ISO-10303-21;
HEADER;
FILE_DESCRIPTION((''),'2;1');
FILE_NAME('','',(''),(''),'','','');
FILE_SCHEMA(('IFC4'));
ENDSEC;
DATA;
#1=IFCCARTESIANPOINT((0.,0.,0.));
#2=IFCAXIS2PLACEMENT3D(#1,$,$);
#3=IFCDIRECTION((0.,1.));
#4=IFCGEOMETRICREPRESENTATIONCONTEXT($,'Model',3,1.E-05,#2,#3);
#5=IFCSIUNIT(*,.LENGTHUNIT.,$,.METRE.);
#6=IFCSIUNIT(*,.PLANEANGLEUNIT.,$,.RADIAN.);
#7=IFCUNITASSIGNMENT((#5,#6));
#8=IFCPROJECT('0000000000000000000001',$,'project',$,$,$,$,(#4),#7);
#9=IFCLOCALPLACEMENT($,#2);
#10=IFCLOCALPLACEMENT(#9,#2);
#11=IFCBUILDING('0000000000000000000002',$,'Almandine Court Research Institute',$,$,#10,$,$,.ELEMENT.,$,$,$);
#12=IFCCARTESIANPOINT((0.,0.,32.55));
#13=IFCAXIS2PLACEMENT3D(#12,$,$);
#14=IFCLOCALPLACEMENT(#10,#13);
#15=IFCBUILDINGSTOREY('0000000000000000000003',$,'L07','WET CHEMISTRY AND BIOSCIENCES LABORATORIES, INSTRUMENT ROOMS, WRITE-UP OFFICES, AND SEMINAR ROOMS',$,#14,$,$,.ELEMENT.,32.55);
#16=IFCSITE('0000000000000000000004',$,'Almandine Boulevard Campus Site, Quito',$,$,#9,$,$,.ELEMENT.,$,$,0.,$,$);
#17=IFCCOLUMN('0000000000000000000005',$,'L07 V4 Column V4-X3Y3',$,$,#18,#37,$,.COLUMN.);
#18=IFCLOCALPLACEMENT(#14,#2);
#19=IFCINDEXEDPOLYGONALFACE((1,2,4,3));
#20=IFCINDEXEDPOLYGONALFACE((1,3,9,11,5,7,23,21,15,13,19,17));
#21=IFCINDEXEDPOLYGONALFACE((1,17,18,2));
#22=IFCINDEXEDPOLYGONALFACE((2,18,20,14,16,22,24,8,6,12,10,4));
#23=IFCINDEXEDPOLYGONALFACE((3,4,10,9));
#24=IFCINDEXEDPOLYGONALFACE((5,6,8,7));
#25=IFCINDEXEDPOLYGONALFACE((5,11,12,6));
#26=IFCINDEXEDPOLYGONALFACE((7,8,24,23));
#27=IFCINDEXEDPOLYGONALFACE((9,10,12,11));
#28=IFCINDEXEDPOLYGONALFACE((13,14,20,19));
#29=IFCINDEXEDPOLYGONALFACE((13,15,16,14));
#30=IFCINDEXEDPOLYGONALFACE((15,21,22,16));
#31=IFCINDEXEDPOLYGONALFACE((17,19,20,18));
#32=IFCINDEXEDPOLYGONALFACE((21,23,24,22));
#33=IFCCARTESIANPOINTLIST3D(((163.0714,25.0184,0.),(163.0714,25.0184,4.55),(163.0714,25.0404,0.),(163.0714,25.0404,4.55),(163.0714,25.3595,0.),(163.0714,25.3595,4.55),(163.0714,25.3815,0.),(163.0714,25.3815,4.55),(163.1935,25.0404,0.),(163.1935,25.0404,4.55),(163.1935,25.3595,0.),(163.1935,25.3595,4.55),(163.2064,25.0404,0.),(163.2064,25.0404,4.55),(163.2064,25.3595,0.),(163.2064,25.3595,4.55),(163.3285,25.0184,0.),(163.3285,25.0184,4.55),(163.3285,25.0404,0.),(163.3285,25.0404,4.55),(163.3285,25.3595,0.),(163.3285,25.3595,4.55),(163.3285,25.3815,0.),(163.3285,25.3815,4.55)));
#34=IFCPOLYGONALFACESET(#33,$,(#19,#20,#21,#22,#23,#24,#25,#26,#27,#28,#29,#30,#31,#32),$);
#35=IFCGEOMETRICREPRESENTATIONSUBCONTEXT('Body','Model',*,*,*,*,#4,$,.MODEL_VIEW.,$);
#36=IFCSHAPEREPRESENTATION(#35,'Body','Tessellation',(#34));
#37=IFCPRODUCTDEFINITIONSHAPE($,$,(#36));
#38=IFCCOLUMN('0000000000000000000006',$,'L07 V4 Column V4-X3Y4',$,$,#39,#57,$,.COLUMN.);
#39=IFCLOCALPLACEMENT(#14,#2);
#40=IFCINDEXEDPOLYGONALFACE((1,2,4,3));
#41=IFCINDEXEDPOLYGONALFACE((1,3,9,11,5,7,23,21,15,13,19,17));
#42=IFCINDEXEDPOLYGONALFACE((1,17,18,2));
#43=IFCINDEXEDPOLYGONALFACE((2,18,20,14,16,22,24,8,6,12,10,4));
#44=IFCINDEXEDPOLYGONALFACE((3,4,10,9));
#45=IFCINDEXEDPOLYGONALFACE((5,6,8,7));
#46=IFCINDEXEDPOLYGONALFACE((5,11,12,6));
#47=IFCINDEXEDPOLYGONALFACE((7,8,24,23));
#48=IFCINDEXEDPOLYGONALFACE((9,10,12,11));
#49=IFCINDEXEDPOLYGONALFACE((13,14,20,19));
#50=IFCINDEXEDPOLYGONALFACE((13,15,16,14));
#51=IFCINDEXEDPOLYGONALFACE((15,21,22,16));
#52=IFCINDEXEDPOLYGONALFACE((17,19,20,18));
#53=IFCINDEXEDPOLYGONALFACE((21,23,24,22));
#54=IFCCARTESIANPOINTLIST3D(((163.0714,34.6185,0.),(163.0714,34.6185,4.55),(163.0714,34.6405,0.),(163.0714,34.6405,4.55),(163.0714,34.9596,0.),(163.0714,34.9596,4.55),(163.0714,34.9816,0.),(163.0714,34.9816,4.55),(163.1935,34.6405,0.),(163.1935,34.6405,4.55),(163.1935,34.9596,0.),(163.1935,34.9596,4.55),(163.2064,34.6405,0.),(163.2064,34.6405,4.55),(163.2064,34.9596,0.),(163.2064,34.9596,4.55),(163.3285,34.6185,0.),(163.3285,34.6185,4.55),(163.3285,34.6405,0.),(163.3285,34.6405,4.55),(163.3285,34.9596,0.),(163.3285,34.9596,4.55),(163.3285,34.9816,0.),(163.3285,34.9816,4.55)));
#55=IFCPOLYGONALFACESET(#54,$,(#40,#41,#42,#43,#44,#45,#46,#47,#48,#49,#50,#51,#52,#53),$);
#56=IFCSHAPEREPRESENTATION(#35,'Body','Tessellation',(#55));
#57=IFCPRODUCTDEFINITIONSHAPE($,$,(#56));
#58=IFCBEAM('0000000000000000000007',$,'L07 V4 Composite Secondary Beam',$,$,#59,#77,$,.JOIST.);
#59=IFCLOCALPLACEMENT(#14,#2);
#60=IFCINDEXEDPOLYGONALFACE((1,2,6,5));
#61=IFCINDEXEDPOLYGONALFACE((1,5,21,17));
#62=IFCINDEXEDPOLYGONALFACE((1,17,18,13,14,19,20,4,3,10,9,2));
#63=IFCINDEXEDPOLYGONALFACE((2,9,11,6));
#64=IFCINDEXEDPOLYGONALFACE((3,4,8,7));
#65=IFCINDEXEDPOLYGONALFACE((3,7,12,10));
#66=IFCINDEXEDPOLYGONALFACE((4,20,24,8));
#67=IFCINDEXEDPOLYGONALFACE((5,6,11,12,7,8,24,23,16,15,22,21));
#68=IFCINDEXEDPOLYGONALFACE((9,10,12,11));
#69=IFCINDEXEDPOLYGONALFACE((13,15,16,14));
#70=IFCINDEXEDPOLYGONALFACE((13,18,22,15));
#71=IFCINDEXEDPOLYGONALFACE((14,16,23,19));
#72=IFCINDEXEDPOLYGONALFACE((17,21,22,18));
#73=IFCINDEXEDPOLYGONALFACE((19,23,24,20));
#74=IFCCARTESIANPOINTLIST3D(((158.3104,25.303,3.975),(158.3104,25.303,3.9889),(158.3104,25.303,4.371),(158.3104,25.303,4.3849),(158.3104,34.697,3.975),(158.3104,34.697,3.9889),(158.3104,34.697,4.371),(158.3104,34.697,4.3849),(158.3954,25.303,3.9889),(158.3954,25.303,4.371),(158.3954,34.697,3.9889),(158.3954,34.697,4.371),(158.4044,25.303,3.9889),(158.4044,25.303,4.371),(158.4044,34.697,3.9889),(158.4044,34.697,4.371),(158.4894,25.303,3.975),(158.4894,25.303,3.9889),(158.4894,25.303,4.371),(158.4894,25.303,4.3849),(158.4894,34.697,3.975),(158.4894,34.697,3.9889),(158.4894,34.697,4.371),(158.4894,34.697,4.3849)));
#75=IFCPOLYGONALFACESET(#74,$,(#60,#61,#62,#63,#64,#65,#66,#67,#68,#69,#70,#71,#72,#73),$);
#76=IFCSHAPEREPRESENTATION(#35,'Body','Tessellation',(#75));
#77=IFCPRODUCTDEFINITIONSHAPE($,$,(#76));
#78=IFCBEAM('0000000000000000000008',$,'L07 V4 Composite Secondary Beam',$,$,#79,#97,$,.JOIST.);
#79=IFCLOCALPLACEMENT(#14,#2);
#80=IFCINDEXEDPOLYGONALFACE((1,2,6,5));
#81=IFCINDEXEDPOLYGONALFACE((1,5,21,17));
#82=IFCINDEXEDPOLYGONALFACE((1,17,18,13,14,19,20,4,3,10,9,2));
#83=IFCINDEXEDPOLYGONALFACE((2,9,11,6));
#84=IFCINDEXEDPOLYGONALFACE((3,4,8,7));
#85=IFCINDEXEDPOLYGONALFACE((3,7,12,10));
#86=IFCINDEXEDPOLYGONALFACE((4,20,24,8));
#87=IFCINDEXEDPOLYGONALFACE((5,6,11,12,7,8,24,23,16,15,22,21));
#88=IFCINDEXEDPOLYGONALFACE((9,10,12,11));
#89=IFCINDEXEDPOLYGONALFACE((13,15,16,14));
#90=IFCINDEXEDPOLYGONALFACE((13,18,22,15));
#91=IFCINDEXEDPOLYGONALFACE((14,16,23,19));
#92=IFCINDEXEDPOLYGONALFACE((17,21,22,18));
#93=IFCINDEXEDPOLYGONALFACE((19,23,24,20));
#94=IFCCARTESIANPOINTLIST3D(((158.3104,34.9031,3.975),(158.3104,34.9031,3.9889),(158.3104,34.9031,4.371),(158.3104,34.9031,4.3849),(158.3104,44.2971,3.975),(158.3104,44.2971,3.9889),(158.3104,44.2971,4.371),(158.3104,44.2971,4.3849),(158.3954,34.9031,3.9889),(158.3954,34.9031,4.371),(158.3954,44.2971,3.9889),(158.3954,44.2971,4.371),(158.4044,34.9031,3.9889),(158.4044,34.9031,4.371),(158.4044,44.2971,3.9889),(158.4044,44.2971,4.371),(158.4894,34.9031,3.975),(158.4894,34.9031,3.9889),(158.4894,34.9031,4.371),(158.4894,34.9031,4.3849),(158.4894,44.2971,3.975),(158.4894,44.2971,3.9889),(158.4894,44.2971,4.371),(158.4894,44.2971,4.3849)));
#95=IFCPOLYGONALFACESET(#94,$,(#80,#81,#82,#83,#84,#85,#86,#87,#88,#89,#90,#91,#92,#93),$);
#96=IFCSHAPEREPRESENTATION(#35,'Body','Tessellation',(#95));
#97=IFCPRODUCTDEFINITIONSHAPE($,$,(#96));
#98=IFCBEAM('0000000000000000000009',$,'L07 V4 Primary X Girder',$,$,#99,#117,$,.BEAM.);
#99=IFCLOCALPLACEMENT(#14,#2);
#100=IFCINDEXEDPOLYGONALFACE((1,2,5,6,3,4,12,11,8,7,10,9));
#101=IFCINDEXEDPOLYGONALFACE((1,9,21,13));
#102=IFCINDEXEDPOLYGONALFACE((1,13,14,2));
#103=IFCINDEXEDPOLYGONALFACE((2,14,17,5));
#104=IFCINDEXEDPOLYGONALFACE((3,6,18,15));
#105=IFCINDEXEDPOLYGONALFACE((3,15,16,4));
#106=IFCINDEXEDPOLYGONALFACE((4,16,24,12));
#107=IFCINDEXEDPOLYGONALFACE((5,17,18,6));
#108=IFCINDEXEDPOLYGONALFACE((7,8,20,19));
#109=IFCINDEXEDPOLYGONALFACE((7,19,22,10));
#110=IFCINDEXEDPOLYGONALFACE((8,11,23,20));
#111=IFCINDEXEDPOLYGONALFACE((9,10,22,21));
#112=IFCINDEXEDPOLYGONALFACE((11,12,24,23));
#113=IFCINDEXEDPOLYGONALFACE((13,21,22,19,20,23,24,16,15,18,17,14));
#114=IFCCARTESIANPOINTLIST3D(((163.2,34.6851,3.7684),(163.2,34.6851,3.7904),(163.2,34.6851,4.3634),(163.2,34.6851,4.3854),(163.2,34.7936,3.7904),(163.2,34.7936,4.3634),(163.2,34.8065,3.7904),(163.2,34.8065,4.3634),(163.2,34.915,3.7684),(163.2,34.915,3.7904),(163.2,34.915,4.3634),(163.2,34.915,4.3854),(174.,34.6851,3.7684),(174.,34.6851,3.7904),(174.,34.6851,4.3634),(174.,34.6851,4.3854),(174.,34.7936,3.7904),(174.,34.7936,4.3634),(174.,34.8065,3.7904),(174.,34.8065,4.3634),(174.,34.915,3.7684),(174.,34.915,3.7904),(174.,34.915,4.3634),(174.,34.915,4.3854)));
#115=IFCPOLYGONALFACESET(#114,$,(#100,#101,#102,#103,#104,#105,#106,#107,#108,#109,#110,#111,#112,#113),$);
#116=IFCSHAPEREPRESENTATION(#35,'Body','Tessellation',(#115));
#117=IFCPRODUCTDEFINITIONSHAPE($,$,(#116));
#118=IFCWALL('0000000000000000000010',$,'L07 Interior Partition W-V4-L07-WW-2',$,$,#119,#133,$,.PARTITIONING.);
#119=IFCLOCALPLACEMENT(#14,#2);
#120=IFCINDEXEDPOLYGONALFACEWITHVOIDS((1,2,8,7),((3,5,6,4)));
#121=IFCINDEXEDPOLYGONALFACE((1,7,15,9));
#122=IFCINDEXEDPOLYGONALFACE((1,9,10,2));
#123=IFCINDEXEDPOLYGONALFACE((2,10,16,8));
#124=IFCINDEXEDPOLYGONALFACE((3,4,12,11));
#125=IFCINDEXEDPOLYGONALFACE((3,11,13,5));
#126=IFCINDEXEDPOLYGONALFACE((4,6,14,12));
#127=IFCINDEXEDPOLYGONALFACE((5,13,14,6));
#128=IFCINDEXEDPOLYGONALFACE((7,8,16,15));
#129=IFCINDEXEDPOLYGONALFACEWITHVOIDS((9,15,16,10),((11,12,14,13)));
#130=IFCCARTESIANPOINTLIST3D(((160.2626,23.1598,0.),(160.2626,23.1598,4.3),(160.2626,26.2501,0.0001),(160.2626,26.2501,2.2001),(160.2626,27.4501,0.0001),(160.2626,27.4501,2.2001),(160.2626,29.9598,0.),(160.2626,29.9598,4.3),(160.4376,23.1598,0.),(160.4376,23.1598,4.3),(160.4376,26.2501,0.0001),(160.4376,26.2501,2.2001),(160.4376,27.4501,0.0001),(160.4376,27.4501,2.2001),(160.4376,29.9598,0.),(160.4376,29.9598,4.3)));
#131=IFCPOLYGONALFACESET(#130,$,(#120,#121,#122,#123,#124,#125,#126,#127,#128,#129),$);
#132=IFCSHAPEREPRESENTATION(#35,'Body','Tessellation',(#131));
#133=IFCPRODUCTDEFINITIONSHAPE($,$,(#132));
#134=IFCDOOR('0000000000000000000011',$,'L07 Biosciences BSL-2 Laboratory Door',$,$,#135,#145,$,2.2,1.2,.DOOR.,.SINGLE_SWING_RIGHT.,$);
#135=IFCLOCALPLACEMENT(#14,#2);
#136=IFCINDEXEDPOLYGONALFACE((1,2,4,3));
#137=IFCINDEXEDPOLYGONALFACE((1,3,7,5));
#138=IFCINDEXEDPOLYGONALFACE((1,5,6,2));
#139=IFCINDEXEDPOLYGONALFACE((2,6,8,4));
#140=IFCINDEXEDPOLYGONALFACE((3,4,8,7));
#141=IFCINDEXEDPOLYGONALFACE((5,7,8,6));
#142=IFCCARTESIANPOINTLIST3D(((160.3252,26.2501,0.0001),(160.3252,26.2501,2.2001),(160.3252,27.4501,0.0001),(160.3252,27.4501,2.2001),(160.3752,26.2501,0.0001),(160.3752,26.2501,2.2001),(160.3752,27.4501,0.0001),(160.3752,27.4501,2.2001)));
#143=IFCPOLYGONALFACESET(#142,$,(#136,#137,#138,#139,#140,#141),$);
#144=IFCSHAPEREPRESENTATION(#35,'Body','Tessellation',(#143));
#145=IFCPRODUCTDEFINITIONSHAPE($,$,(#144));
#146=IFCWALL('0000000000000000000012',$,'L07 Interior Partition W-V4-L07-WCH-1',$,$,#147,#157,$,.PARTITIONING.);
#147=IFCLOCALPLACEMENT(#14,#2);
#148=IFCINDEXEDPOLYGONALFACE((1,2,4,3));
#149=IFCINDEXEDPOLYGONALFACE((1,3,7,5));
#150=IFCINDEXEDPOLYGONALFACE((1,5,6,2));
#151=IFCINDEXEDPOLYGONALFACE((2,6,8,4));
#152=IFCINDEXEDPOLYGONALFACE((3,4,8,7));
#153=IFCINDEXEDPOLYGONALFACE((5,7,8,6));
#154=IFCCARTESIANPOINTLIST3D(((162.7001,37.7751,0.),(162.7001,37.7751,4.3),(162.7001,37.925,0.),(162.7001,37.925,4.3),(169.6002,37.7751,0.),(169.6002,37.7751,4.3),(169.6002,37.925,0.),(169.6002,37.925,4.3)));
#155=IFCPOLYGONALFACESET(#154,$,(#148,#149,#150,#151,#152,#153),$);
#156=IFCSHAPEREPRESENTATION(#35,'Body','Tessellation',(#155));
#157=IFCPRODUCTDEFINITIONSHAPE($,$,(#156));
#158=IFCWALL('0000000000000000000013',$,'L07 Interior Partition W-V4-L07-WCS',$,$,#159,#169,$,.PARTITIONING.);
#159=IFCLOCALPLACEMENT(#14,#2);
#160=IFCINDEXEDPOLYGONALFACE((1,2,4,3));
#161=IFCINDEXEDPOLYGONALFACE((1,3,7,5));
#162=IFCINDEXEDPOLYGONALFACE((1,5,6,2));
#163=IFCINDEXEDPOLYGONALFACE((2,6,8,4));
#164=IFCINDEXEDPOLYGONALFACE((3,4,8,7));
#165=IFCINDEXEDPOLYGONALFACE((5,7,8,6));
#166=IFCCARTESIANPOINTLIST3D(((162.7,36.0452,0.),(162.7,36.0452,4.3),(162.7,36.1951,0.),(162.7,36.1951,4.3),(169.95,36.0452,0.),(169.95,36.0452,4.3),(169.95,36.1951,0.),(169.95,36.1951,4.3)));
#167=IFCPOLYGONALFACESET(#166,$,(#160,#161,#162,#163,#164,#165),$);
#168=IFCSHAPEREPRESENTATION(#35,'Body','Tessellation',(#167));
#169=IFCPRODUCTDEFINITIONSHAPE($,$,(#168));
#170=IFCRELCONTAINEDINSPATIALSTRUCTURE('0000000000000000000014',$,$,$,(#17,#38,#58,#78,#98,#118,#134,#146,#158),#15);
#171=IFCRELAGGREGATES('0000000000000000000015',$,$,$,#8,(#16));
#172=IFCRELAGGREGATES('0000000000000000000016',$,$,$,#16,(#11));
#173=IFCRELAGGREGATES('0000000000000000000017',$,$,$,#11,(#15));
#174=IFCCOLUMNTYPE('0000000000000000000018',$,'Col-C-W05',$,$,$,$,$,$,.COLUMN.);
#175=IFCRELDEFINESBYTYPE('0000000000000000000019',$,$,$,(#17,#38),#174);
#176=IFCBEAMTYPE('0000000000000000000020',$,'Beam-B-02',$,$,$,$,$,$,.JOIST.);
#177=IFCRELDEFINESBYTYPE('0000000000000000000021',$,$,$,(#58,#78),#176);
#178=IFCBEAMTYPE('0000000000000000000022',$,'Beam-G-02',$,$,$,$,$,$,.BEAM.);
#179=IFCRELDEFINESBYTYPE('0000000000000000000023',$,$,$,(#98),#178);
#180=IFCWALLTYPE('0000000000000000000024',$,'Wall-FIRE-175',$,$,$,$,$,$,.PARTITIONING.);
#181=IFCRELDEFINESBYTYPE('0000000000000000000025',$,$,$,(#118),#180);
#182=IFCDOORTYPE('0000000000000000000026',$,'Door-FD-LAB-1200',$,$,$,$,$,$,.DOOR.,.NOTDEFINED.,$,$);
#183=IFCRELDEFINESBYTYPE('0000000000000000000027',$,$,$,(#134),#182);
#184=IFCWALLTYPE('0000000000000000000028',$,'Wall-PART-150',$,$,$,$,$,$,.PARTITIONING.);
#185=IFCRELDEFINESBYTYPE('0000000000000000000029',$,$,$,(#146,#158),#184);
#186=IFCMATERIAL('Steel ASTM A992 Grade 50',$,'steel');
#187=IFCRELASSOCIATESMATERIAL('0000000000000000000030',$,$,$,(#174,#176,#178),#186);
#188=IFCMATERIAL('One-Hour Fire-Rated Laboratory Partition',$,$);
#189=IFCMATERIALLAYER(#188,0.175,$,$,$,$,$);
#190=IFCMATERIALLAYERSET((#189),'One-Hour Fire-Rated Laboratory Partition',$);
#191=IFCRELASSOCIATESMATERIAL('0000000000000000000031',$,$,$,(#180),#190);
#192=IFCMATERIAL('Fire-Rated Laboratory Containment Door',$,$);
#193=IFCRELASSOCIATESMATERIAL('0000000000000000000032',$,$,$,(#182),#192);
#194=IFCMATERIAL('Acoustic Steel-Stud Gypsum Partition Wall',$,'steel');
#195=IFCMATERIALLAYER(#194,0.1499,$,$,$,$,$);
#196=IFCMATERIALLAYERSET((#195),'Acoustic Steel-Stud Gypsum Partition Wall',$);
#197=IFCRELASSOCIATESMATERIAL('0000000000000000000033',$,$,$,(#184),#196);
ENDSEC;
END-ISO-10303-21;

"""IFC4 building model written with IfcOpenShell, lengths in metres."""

from ifc_helpers import new_model, si_unit, direction, frame, frame_2d, origin, origin_2d, place, context, subcontext, project, spatial, rectangle, i_section, extrude, material, layer, layer_set, material_profile, profile_set, type_object, element, fill, save


model = new_model("IFC4")

# Units and contexts
model_context = context("Model", 3, precision=1e-05, world=origin(), true_north=direction((0.0, 1.0)))
body_context = subcontext(model_context, "Body", "Model", "MODEL_VIEW")
ifc_project = project(units=[si_unit("LENGTHUNIT", "METRE"), si_unit("PLANEANGLEUNIT", "RADIAN")], contexts=[model_context])

# Site, building, storey
site_placement = place(None, origin())
site = spatial("IfcSite", under=ifc_project, at=site_placement, Name="Almandine Boulevard Campus Site, Quito", CompositionType="ELEMENT", RefElevation=0.0)
building_placement = place(site_placement, origin())
building = spatial("IfcBuilding", under=site, at=building_placement, Name="Almandine Court Research Institute", CompositionType="ELEMENT")
storey_placement = place(building_placement, frame((0.0, 0.0, 32.55)))
storey = spatial("IfcBuildingStorey", under=building, at=storey_placement, Name="L07", Description="WET CHEMISTRY AND BIOSCIENCES LABORATORIES, INSTRUMENT ROOMS, WRITE-UP OFFICES, AND SEMINAR ROOMS", CompositionType="ELEMENT", Elevation=32.55)

# Columns
ifc_material_1 = material(Name="Steel ASTM A992 Grade 50", Category="steel")
ifc_material_profile_1 = material_profile(ifc_material_1, i_section(OverallWidth=0.2571, OverallDepth=0.363, WebThickness=0.0129, FlangeThickness=0.022, at=origin_2d()), Name="W360x122")
ifc_profile_set_1 = profile_set([ifc_material_profile_1], Name="Steel ASTM A992 Grade 50")
column_type = type_object("IfcColumnType", Name="Col-C-W05", PredefinedType="COLUMN", material=ifc_profile_set_1)
for number, where, z_axis, x_axis, name in (
    (1, (163.2, 25.2, 0.0), (0.0, 0.0, 1.0), (1.0, 0.0, 0.0), "L07 V4 Column V4-X3Y3"),
    (2, (163.2, 34.8, 0.0), (0.0, 0.0, 1.0), (1.0, 0.0, 0.0), "L07 V4 Column V4-X3Y4"),
):
    element("IfcColumn", number, at=place(storey_placement, frame(where, z_axis=z_axis, x_axis=x_axis)), inside=storey, type_object=column_type, Name=name, PredefinedType="COLUMN", context=body_context, shape_type="SweptSolid", body=[
        extrude(i_section(OverallWidth=0.2571, OverallDepth=0.363, WebThickness=0.0129, FlangeThickness=0.022, at=origin_2d()), origin(), (0.0, 0.0, 1.0), 4.55),
    ])

# Beams
ifc_material_profile_2 = material_profile(ifc_material_1, i_section(OverallWidth=0.179, OverallDepth=0.4099, WebThickness=0.009, FlangeThickness=0.0139, at=origin_2d()), Name="W410x67")
ifc_profile_set_2 = profile_set([ifc_material_profile_2], Name="Steel ASTM A992 Grade 50")
beam_type_1 = type_object("IfcBeamType", Name="Beam-B-02", PredefinedType="JOIST", material=ifc_profile_set_2)
for number, where, z_axis, x_axis, name in (
    (3, (158.3999, 25.303, 4.1799), (0.0, 1.0, 0.0), (-1.0, 0.0, 0.0), "L07 V4 Composite Secondary Beam"),
    (4, (158.3999, 34.9031, 4.1799), (0.0, 1.0, 0.0), (-1.0, 0.0, 0.0), "L07 V4 Composite Secondary Beam"),
):
    element("IfcBeam", number, at=place(storey_placement, frame(where, z_axis=z_axis, x_axis=x_axis)), inside=storey, type_object=beam_type_1, Name=name, PredefinedType="JOIST", context=body_context, shape_type="SweptSolid", body=[
        extrude(i_section(OverallWidth=0.179, OverallDepth=0.4099, WebThickness=0.009, FlangeThickness=0.0139, at=origin_2d()), origin(), (0.0, 0.0, 1.0), 9.394),
    ])
ifc_material_profile_3 = material_profile(ifc_material_1, i_section(OverallWidth=0.23, OverallDepth=0.6169, WebThickness=0.0129, FlangeThickness=0.022, at=origin_2d()), Name="W610x140")
ifc_profile_set_3 = profile_set([ifc_material_profile_3], Name="Steel ASTM A992 Grade 50")
beam_type_2 = type_object("IfcBeamType", Name="Beam-G-02", PredefinedType="BEAM", material=ifc_profile_set_3)
beam_placement = place(storey_placement, frame((163.2, 34.8, 4.0769), z_axis=(1.0, 0.0, 0.0), x_axis=(0.0, 1.0, 0.0)))
element("IfcBeam", 5, at=beam_placement, inside=storey, type_object=beam_type_2, Name="L07 V4 Primary X Girder", PredefinedType="BEAM", context=body_context, shape_type="SweptSolid", body=[
    extrude(i_section(OverallWidth=0.23, OverallDepth=0.6169, WebThickness=0.0129, FlangeThickness=0.022, at=origin_2d()), origin(), (0.0, 0.0, 1.0), 10.8),
])

# Wall, opening, door
ifc_material_2 = material(Name="One-Hour Fire-Rated Laboratory Partition")
ifc_layer_1 = layer(ifc_material_2, 0.175)
ifc_layer_set_1 = layer_set([ifc_layer_1], Name="One-Hour Fire-Rated Laboratory Partition")
wall_type_1 = type_object("IfcWallType", Name="Wall-FIRE-175", PredefinedType="PARTITIONING", material=ifc_layer_set_1)
wall_1_placement = place(storey_placement, frame((160.3501, 23.1599, 0.0), z_axis=(0.0, 0.0, 1.0), x_axis=(0.0, 1.0, 0.0)))
wall_1 = element("IfcWall", 6, at=wall_1_placement, inside=storey, type_object=wall_type_1, Name="L07 Interior Partition W-V4-L07-WW-2", PredefinedType="PARTITIONING", context=body_context, shape_type="SweptSolid", body=[
    extrude(rectangle(XDim=6.8, YDim=0.175, at=frame_2d((3.3999, 0.0))), origin(), (0.0, 0.0, 1.0), 4.3),
])
opening_1_placement = place(wall_1_placement, frame((3.0901, 0.0, 0.0)))
opening_1 = element("IfcOpeningElement", 7, at=opening_1_placement, cuts=wall_1, PredefinedType="OPENING", context=body_context, shape_type="SweptSolid", body=[
    extrude(rectangle(XDim=1.2, YDim=2.2, at=frame_2d((0.6001, 1.1001))), frame((0.0, 0.0974, 0.0), z_axis=(0.0, -1.0, 0.0), x_axis=(1.0, 0.0, 0.0)), (0.0, 0.0, 1.0), 0.1951),
])
ifc_material_3 = material(Name="Fire-Rated Laboratory Containment Door")
door_type_1 = type_object("IfcDoorType", Name="Door-FD-LAB-1200", OperationType="NOTDEFINED", PredefinedType="DOOR", material=ifc_material_3)
door_1_placement = place(opening_1_placement, origin())
door_1 = element("IfcDoor", 8, at=door_1_placement, inside=storey, type_object=door_type_1, Name="L07 Biosciences BSL-2 Laboratory Door", OperationType="SINGLE_SWING_RIGHT", OverallHeight=2.2, OverallWidth=1.2, PredefinedType="DOOR", context=body_context, shape_type="SweptSolid", body=[
    extrude(rectangle(XDim=1.2, YDim=2.2, at=frame_2d((0.6001, 1.1001))), frame((0.0, 0.0249, 0.0), z_axis=(0.0, -1.0, 0.0), x_axis=(1.0, 0.0, 0.0)), (0.0, 0.0, 1.0), 0.05),
])
fill(opening_1, door_1)

# Walls
ifc_material_4 = material(Name="Acoustic Steel-Stud Gypsum Partition Wall", Category="steel")
ifc_layer_2 = layer(ifc_material_4, 0.1499)
ifc_layer_set_2 = layer_set([ifc_layer_2], Name="Acoustic Steel-Stud Gypsum Partition Wall")
wall_type_2 = type_object("IfcWallType", Name="Wall-PART-150", PredefinedType="PARTITIONING", material=ifc_layer_set_2)
wall_2_placement = place(storey_placement, frame((162.7, 37.8501, 0.0), z_axis=(0.0, 0.0, 1.0), x_axis=(1.0, 0.0, 0.0)))
element("IfcWall", 9, at=wall_2_placement, inside=storey, type_object=wall_type_2, Name="L07 Interior Partition W-V4-L07-WCH-1", PredefinedType="PARTITIONING", context=body_context, shape_type="SweptSolid", body=[
    extrude(rectangle(XDim=6.9001, YDim=0.1499, at=frame_2d((3.4502, 0.0))), origin(), (0.0, 0.0, 1.0), 4.3),
])
wall_3_placement = place(storey_placement, frame((162.7, 36.1201, 0.0), z_axis=(0.0, 0.0, 1.0), x_axis=(1.0, 0.0, 0.0)))
element("IfcWall", 10, at=wall_3_placement, inside=storey, type_object=wall_type_2, Name="L07 Interior Partition W-V4-L07-WCS", PredefinedType="PARTITIONING", context=body_context, shape_type="SweptSolid", body=[
    extrude(rectangle(XDim=7.25, YDim=0.1499, at=frame_2d((3.625, 0.0))), origin(), (0.0, 0.0, 1.0), 4.3),
])

save(model, "model.ifc")
